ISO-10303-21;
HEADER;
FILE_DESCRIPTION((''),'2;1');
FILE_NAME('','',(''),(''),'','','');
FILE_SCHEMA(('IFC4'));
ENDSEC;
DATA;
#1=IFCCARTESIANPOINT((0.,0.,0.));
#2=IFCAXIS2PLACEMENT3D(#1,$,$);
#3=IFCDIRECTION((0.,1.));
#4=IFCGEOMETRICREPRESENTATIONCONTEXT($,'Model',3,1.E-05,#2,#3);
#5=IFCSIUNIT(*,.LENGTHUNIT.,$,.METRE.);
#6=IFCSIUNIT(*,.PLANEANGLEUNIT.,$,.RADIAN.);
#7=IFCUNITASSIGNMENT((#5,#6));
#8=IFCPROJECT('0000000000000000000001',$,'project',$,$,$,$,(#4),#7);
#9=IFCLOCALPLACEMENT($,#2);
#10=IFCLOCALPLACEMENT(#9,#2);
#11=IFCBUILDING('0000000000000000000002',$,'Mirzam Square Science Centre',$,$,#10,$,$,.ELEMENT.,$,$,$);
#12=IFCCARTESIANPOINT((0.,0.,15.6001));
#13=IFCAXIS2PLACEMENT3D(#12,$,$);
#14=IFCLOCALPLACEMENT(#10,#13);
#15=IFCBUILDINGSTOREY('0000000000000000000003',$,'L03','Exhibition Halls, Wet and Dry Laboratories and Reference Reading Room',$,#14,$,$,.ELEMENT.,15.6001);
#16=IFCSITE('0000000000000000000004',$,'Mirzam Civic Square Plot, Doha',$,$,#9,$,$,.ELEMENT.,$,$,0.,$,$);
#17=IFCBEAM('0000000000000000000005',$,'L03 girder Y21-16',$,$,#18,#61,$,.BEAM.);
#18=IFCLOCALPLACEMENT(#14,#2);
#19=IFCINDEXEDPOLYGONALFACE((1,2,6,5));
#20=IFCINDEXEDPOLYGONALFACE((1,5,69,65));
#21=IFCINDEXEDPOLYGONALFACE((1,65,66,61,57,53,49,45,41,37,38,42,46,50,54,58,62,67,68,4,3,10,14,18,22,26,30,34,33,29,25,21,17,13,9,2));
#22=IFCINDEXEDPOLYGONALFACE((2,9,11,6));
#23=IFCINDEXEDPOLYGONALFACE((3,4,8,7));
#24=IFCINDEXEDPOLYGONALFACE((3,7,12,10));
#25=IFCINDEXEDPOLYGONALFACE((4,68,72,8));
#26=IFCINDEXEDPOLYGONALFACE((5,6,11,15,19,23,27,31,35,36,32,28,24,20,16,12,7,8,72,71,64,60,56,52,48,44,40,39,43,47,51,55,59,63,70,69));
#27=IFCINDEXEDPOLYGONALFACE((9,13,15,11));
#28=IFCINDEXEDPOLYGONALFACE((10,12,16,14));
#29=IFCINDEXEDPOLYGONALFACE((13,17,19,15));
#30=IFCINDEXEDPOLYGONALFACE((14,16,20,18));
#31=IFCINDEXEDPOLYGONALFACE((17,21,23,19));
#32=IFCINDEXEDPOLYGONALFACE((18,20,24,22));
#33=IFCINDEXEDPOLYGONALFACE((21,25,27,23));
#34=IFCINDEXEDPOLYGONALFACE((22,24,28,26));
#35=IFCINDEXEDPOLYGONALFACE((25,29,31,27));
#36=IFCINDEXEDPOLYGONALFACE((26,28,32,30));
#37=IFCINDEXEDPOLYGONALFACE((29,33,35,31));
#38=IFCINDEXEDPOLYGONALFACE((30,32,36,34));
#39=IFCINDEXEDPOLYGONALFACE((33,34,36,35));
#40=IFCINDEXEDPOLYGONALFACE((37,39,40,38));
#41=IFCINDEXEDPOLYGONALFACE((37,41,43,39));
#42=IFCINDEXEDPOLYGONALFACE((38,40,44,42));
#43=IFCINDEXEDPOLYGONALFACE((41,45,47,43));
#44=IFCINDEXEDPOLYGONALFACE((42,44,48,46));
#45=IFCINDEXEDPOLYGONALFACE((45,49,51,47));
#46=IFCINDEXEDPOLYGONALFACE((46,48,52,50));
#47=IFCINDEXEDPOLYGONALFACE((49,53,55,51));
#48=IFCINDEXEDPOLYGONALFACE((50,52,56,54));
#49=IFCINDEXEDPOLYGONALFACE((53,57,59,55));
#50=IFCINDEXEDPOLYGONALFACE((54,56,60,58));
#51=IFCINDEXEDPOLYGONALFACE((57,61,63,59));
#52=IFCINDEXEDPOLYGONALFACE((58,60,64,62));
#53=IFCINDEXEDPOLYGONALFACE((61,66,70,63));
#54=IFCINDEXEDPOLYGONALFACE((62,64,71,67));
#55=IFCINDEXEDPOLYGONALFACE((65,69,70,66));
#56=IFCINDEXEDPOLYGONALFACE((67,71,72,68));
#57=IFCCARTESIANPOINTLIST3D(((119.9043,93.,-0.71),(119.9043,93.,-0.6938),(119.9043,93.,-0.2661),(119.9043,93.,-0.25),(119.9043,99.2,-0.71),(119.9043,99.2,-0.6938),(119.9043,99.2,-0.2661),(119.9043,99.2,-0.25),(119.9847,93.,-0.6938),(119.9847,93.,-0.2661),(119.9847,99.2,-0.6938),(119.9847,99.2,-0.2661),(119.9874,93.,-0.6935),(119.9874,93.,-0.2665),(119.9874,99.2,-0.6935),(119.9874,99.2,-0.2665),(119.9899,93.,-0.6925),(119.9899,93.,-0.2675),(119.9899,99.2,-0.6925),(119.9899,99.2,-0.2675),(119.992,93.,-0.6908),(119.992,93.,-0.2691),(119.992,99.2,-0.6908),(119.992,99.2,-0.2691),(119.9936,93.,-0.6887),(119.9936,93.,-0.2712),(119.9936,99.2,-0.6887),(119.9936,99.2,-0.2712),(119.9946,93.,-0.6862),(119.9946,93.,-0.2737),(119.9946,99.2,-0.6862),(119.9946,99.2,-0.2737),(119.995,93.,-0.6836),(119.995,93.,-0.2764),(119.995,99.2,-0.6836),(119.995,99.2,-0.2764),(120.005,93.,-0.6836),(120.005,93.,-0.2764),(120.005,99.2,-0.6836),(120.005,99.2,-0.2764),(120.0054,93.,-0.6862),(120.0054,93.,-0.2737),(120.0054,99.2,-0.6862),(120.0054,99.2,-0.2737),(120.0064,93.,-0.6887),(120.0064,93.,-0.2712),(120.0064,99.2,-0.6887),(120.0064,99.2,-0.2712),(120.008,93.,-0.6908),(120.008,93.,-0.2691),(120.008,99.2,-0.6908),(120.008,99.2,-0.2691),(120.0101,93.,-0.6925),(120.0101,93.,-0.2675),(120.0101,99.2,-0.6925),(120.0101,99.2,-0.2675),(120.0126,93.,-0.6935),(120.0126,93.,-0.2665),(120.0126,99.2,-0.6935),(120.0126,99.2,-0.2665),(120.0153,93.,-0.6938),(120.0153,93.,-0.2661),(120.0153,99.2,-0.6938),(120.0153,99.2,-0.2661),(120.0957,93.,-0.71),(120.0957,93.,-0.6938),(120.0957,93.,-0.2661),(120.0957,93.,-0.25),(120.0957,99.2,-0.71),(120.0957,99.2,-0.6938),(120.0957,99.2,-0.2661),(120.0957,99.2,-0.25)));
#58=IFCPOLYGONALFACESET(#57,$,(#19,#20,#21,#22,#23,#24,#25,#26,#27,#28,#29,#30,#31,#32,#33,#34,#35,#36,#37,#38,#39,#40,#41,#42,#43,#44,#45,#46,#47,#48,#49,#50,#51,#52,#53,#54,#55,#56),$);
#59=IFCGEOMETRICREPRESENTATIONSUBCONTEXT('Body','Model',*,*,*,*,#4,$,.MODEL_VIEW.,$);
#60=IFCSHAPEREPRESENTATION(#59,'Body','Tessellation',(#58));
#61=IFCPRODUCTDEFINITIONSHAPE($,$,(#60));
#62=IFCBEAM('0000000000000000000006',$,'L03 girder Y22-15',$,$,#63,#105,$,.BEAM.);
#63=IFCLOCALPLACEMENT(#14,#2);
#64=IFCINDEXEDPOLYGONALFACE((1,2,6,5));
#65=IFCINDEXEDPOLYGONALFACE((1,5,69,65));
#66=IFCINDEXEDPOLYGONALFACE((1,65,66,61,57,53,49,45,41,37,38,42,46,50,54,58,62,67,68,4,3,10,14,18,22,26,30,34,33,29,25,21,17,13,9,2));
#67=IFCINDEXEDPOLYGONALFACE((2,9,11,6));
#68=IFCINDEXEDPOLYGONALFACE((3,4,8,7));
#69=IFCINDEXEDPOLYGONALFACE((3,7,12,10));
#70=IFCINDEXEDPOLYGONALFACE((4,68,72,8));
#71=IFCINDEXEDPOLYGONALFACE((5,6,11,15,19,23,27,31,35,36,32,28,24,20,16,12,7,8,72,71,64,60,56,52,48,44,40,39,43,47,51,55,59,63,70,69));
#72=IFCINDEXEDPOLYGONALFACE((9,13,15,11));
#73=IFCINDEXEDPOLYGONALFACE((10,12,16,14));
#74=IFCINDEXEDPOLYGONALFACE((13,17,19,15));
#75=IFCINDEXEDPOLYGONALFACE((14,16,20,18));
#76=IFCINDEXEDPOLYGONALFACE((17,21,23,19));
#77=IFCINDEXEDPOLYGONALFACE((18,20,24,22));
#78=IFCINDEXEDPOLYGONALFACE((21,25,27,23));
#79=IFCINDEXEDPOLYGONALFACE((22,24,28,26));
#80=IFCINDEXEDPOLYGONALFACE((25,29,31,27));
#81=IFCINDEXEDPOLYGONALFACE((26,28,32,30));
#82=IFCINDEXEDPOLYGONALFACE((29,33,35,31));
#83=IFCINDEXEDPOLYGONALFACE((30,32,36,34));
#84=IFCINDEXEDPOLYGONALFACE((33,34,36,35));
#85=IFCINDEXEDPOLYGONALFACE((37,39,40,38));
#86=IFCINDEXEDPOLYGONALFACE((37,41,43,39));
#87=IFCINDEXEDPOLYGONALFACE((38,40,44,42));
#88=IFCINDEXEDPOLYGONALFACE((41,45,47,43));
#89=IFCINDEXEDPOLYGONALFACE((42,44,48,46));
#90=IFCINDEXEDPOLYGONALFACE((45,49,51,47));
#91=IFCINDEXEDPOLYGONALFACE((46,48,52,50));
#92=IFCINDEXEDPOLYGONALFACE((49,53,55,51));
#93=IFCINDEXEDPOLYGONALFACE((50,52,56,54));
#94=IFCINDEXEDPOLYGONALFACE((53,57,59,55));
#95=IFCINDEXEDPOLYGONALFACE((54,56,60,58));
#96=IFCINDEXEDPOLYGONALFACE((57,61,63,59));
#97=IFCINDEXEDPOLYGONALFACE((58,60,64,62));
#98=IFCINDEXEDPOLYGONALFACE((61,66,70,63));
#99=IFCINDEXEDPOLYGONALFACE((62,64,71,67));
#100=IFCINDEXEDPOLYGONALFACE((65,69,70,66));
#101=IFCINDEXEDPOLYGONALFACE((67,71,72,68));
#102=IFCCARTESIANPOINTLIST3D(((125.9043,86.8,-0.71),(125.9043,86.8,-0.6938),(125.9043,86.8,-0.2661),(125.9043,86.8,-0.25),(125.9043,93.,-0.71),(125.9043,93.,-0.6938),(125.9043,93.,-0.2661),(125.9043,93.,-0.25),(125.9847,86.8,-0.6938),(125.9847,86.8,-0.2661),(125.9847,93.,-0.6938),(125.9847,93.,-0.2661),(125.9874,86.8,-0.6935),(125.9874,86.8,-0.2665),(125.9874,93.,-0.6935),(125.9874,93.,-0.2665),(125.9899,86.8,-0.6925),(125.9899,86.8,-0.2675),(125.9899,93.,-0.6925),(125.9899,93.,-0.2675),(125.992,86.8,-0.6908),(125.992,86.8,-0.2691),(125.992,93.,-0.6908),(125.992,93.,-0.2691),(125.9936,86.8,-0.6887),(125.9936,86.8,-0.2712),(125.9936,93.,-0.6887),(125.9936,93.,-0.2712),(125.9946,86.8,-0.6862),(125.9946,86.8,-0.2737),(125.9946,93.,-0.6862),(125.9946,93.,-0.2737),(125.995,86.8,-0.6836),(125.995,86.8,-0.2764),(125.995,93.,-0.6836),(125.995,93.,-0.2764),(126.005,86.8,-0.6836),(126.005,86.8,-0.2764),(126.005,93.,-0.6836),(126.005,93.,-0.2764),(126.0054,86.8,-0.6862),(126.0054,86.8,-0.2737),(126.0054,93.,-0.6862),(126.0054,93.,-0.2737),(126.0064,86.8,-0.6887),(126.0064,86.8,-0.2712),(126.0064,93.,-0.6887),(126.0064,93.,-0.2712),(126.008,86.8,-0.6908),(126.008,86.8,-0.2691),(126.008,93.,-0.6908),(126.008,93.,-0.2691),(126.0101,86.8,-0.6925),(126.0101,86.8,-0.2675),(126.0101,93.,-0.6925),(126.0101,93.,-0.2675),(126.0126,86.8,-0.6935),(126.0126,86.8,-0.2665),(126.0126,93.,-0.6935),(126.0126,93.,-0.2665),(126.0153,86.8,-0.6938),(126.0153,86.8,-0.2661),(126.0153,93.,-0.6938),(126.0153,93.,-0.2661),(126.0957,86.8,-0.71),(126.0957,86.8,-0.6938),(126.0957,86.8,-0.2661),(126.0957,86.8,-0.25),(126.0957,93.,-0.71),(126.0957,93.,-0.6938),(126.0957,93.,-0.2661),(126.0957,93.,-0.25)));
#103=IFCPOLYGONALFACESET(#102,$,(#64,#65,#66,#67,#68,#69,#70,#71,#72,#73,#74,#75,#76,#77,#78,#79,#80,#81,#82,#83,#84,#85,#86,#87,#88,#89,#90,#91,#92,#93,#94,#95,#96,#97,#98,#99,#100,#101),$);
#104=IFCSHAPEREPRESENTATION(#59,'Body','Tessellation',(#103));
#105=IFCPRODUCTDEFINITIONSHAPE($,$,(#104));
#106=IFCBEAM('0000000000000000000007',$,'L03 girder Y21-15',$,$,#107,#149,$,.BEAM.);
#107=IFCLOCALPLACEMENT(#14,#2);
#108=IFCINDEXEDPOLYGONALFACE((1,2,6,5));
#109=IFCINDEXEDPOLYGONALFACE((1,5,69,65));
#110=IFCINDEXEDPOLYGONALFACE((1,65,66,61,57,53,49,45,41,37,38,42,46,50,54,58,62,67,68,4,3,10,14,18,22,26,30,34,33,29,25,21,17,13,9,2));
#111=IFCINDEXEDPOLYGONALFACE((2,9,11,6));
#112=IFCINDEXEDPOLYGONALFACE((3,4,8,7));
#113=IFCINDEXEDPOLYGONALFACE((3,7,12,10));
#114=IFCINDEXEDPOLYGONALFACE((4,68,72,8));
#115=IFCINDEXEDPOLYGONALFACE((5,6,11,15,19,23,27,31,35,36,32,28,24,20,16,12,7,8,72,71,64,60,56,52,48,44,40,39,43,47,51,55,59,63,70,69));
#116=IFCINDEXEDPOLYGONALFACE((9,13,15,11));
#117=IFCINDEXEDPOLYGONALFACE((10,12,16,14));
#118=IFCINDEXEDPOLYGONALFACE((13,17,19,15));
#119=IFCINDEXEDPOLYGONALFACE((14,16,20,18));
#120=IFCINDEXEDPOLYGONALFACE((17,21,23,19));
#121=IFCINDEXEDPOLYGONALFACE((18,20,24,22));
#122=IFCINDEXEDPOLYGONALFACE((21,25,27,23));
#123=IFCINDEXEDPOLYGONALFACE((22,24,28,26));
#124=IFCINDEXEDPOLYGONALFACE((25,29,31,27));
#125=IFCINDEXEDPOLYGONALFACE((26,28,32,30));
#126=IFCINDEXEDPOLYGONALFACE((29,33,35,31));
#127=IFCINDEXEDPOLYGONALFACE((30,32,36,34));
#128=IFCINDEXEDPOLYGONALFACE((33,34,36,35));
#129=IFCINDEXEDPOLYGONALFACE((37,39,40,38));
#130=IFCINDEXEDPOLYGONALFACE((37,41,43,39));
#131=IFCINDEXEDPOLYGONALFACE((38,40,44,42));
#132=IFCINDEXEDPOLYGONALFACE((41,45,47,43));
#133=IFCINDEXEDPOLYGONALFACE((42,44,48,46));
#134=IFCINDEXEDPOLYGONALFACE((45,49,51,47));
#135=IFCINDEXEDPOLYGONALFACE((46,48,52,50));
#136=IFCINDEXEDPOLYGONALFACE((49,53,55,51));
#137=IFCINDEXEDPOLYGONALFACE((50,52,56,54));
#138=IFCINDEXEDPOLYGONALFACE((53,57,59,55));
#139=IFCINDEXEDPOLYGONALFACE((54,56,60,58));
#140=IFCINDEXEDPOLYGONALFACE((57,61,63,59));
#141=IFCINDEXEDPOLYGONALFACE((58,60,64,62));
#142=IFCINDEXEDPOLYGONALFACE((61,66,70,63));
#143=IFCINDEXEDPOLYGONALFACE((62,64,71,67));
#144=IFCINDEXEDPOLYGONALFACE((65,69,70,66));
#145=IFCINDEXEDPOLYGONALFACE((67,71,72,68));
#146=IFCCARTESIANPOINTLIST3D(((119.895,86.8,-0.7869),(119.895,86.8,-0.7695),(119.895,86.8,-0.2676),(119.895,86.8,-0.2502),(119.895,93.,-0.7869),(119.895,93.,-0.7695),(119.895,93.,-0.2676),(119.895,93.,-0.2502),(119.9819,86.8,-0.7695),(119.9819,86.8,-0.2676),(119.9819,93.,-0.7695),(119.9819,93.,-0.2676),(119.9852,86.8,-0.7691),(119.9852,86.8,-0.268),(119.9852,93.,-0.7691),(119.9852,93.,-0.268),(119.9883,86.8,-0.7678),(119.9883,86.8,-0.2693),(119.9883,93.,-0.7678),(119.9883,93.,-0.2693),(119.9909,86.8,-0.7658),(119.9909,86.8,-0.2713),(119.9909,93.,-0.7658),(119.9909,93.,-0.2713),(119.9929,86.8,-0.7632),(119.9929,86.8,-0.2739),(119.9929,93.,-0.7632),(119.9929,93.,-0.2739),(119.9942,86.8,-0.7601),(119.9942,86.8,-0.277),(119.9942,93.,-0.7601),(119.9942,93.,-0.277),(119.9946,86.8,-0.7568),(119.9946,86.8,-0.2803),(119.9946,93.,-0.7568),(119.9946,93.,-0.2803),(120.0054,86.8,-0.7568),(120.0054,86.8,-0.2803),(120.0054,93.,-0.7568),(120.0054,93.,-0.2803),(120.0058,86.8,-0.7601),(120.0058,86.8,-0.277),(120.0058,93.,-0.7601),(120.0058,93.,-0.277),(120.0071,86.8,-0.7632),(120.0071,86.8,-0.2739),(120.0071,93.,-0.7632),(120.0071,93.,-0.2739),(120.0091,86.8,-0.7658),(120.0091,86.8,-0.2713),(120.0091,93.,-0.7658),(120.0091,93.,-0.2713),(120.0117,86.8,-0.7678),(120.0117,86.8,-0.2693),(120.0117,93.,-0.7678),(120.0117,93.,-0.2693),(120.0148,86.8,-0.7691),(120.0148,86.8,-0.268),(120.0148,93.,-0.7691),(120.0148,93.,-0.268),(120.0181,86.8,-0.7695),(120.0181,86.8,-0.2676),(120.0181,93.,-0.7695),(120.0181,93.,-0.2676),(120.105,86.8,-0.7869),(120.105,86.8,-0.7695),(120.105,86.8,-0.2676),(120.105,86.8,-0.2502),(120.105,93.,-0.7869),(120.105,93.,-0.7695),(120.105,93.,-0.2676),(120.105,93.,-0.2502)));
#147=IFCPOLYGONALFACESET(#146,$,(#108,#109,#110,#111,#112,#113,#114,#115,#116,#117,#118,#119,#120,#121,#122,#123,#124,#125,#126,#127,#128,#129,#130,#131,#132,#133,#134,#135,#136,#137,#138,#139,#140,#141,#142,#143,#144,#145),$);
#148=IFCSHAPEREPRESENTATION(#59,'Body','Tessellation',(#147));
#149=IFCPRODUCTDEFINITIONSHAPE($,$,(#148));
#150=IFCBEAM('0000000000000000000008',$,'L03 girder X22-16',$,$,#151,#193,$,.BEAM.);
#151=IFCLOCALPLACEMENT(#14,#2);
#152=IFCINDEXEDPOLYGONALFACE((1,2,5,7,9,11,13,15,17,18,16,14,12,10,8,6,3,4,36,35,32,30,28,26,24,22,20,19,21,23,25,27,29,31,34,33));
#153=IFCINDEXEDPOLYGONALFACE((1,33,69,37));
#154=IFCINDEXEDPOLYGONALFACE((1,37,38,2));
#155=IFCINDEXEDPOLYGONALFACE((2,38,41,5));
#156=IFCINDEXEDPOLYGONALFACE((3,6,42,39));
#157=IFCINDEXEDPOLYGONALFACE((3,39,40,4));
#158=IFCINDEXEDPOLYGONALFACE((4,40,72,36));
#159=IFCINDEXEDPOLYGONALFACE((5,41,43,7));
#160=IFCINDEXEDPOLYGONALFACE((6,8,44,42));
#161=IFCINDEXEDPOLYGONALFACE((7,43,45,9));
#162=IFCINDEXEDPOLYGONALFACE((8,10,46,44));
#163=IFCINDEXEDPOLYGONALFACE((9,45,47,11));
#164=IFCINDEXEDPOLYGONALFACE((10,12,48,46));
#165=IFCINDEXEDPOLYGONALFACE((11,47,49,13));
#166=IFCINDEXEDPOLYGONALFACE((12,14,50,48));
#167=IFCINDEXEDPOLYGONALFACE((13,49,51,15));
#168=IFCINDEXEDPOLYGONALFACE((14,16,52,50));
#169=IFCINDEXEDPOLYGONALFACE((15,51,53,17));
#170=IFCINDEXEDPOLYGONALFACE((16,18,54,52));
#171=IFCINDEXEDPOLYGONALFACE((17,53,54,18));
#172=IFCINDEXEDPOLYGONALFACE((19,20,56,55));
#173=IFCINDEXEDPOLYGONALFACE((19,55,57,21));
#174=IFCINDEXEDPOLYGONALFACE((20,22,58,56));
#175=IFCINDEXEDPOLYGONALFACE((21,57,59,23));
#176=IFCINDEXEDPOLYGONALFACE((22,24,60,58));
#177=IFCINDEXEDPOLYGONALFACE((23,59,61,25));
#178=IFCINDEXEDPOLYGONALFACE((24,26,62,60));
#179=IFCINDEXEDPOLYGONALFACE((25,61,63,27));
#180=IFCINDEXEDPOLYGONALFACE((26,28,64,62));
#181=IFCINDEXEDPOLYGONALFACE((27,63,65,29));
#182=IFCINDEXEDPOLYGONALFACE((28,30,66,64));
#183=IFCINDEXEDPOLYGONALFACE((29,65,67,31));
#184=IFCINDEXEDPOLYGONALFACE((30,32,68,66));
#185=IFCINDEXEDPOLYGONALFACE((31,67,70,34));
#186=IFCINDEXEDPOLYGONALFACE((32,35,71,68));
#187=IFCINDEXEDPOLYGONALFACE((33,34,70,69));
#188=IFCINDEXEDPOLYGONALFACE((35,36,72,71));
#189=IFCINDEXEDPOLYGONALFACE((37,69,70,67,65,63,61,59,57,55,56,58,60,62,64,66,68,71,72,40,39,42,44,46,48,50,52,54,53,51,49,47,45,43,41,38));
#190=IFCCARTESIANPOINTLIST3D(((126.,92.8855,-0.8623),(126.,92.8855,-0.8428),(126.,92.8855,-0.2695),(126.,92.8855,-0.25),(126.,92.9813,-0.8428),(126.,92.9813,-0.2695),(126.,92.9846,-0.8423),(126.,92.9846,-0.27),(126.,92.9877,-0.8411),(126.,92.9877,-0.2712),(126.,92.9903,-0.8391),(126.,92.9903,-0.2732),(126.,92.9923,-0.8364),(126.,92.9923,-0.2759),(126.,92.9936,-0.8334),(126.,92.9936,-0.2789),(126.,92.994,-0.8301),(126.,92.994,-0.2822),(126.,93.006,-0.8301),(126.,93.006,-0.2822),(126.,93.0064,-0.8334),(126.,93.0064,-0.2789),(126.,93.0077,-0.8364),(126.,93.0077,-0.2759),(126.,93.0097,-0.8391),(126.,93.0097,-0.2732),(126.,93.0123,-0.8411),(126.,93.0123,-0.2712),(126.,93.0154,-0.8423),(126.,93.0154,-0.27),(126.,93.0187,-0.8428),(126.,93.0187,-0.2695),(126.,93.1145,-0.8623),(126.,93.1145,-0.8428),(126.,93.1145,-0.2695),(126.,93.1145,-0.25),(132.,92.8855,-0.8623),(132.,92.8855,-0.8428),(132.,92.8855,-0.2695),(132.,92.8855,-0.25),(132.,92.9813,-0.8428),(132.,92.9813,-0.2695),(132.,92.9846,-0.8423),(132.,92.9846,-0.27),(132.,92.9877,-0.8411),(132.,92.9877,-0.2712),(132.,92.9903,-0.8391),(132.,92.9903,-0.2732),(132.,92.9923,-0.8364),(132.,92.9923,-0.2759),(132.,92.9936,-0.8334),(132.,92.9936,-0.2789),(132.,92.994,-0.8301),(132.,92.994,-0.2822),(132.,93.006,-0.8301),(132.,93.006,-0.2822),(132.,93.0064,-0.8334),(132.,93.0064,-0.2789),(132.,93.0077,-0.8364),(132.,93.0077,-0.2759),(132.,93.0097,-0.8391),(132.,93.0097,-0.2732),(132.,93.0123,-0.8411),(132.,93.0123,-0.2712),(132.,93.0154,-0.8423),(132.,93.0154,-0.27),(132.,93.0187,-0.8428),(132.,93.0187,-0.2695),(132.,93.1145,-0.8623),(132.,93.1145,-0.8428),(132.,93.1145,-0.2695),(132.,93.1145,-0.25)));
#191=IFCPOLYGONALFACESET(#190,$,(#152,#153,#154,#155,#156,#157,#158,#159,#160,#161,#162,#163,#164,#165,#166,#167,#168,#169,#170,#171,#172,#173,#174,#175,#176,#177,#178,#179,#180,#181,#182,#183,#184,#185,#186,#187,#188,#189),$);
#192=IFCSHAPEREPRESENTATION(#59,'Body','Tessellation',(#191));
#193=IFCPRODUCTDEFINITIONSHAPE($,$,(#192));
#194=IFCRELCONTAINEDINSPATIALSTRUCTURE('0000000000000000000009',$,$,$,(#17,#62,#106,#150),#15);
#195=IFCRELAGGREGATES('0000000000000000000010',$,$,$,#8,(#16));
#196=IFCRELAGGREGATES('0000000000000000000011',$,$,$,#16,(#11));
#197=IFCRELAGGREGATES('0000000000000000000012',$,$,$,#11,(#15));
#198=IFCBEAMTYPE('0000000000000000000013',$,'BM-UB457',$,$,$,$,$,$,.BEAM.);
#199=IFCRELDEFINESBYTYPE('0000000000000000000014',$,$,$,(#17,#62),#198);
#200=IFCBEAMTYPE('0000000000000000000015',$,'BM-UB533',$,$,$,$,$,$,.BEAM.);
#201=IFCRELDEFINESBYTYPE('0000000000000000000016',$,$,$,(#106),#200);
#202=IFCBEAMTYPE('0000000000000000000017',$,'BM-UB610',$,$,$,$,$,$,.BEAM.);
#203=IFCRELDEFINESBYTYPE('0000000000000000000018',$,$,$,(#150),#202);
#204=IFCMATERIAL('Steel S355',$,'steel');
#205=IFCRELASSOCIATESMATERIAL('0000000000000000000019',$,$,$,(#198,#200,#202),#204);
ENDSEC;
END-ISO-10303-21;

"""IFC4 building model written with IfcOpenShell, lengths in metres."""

from ifc_helpers import new_model, si_unit, direction, frame, origin, origin_2d, place, context, subcontext, project, spatial, i_section, extrude, material, material_profile, profile_set, type_object, element, save


model = new_model("IFC4")

# Units and contexts
model_context = context("Model", 3, precision=1e-05, world=origin(), true_north=direction((0.0, 1.0)))
body_context = subcontext(model_context, "Body", "Model", "MODEL_VIEW")
ifc_project = project(units=[si_unit("LENGTHUNIT", "METRE"), si_unit("PLANEANGLEUNIT", "RADIAN")], contexts=[model_context])

# Site, building, storey
site_placement = place(None, origin())
site = spatial("IfcSite", under=ifc_project, at=site_placement, Name="Mirzam Civic Square Plot, Doha", CompositionType="ELEMENT", RefElevation=0.0)
building_placement = place(site_placement, origin())
building = spatial("IfcBuilding", under=site, at=building_placement, Name="Mirzam Square Science Centre", CompositionType="ELEMENT")
storey_placement = place(building_placement, frame((0.0, 0.0, 15.6001)))
storey = spatial("IfcBuildingStorey", under=building, at=storey_placement, Name="L03", Description="Exhibition Halls, Wet and Dry Laboratories and Reference Reading Room", CompositionType="ELEMENT", Elevation=15.6001)

# Shared definitions
ifc_material_1 = material(Name="Steel S355", Category="steel")

# Beams
ifc_material_profile_1 = material_profile(ifc_material_1, i_section(OverallWidth=0.1914, OverallDepth=0.46, WebThickness=0.01, FlangeThickness=0.0161, FilletRadius=0.0103, at=origin_2d()), Name="457x191x82UB")
ifc_profile_set_1 = profile_set([ifc_material_profile_1], Name="Steel S355")
beam_type_1 = type_object("IfcBeamType", Name="BM-UB457", PredefinedType="BEAM", material=ifc_profile_set_1)
for number, where, z_axis, x_axis, name in (
    (1, (120.0, 93.0, -0.48), (0.0, 1.0, 0.0), (-1.0, 0.0, 0.0), "L03 girder Y21-16"),
    (2, (126.0, 86.8, -0.48), (0.0, 1.0, 0.0), (-1.0, 0.0, 0.0), "L03 girder Y22-15"),
):
    element("IfcBeam", number, at=place(storey_placement, frame(where, z_axis=z_axis, x_axis=x_axis)), inside=storey, type_object=beam_type_1, Name=name, PredefinedType="BEAM", context=body_context, shape_type="SweptSolid", body=[
        extrude(i_section(OverallWidth=0.1914, OverallDepth=0.46, WebThickness=0.01, FlangeThickness=0.0161, FilletRadius=0.0103, at=origin_2d()), origin(), (0.0, 0.0, 1.0), 6.2),
    ])
ifc_material_profile_2 = material_profile(ifc_material_1, i_section(OverallWidth=0.21, OverallDepth=0.5366, WebThickness=0.0107, FlangeThickness=0.0173, FilletRadius=0.0127, at=origin_2d()), Name="533x210x101UB")
ifc_profile_set_2 = profile_set([ifc_material_profile_2], Name="Steel S355")
beam_type_2 = type_object("IfcBeamType", Name="BM-UB533", PredefinedType="BEAM", material=ifc_profile_set_2)
beam_1_placement = place(storey_placement, frame((120.0, 86.8, -0.5186), z_axis=(0.0, 1.0, 0.0), x_axis=(-1.0, 0.0, 0.0)))
element("IfcBeam", 3, at=beam_1_placement, inside=storey, type_object=beam_type_2, Name="L03 girder Y21-15", PredefinedType="BEAM", context=body_context, shape_type="SweptSolid", body=[
    extrude(i_section(OverallWidth=0.21, OverallDepth=0.5366, WebThickness=0.0107, FlangeThickness=0.0173, FilletRadius=0.0127, at=origin_2d()), origin(), (0.0, 0.0, 1.0), 6.2),
])
ifc_material_profile_3 = material_profile(ifc_material_1, i_section(OverallWidth=0.229, OverallDepth=0.6123, WebThickness=0.012, FlangeThickness=0.0195, FilletRadius=0.0127, at=origin_2d()), Name="610x229x125UB")
ifc_profile_set_3 = profile_set([ifc_material_profile_3], Name="Steel S355")
beam_type_3 = type_object("IfcBeamType", Name="BM-UB610", PredefinedType="BEAM", material=ifc_profile_set_3)
for number, where, z_axis, x_axis, name in (
    (4, (126.0, 93.0, -0.5562), (1.0, 0.0, 0.0), (0.0, 1.0, 0.0), "L03 girder X22-16"),
):
    element("IfcBeam", number, at=place(storey_placement, frame(where, z_axis=z_axis, x_axis=x_axis)), inside=storey, type_object=beam_type_3, Name=name, PredefinedType="BEAM", context=body_context, shape_type="SweptSolid", body=[
        extrude(i_section(OverallWidth=0.229, OverallDepth=0.6123, WebThickness=0.012, FlangeThickness=0.0195, FilletRadius=0.0127, at=origin_2d()), origin(), (0.0, 0.0, 1.0), 6.0),
    ])

save(model, "model.ifc")
